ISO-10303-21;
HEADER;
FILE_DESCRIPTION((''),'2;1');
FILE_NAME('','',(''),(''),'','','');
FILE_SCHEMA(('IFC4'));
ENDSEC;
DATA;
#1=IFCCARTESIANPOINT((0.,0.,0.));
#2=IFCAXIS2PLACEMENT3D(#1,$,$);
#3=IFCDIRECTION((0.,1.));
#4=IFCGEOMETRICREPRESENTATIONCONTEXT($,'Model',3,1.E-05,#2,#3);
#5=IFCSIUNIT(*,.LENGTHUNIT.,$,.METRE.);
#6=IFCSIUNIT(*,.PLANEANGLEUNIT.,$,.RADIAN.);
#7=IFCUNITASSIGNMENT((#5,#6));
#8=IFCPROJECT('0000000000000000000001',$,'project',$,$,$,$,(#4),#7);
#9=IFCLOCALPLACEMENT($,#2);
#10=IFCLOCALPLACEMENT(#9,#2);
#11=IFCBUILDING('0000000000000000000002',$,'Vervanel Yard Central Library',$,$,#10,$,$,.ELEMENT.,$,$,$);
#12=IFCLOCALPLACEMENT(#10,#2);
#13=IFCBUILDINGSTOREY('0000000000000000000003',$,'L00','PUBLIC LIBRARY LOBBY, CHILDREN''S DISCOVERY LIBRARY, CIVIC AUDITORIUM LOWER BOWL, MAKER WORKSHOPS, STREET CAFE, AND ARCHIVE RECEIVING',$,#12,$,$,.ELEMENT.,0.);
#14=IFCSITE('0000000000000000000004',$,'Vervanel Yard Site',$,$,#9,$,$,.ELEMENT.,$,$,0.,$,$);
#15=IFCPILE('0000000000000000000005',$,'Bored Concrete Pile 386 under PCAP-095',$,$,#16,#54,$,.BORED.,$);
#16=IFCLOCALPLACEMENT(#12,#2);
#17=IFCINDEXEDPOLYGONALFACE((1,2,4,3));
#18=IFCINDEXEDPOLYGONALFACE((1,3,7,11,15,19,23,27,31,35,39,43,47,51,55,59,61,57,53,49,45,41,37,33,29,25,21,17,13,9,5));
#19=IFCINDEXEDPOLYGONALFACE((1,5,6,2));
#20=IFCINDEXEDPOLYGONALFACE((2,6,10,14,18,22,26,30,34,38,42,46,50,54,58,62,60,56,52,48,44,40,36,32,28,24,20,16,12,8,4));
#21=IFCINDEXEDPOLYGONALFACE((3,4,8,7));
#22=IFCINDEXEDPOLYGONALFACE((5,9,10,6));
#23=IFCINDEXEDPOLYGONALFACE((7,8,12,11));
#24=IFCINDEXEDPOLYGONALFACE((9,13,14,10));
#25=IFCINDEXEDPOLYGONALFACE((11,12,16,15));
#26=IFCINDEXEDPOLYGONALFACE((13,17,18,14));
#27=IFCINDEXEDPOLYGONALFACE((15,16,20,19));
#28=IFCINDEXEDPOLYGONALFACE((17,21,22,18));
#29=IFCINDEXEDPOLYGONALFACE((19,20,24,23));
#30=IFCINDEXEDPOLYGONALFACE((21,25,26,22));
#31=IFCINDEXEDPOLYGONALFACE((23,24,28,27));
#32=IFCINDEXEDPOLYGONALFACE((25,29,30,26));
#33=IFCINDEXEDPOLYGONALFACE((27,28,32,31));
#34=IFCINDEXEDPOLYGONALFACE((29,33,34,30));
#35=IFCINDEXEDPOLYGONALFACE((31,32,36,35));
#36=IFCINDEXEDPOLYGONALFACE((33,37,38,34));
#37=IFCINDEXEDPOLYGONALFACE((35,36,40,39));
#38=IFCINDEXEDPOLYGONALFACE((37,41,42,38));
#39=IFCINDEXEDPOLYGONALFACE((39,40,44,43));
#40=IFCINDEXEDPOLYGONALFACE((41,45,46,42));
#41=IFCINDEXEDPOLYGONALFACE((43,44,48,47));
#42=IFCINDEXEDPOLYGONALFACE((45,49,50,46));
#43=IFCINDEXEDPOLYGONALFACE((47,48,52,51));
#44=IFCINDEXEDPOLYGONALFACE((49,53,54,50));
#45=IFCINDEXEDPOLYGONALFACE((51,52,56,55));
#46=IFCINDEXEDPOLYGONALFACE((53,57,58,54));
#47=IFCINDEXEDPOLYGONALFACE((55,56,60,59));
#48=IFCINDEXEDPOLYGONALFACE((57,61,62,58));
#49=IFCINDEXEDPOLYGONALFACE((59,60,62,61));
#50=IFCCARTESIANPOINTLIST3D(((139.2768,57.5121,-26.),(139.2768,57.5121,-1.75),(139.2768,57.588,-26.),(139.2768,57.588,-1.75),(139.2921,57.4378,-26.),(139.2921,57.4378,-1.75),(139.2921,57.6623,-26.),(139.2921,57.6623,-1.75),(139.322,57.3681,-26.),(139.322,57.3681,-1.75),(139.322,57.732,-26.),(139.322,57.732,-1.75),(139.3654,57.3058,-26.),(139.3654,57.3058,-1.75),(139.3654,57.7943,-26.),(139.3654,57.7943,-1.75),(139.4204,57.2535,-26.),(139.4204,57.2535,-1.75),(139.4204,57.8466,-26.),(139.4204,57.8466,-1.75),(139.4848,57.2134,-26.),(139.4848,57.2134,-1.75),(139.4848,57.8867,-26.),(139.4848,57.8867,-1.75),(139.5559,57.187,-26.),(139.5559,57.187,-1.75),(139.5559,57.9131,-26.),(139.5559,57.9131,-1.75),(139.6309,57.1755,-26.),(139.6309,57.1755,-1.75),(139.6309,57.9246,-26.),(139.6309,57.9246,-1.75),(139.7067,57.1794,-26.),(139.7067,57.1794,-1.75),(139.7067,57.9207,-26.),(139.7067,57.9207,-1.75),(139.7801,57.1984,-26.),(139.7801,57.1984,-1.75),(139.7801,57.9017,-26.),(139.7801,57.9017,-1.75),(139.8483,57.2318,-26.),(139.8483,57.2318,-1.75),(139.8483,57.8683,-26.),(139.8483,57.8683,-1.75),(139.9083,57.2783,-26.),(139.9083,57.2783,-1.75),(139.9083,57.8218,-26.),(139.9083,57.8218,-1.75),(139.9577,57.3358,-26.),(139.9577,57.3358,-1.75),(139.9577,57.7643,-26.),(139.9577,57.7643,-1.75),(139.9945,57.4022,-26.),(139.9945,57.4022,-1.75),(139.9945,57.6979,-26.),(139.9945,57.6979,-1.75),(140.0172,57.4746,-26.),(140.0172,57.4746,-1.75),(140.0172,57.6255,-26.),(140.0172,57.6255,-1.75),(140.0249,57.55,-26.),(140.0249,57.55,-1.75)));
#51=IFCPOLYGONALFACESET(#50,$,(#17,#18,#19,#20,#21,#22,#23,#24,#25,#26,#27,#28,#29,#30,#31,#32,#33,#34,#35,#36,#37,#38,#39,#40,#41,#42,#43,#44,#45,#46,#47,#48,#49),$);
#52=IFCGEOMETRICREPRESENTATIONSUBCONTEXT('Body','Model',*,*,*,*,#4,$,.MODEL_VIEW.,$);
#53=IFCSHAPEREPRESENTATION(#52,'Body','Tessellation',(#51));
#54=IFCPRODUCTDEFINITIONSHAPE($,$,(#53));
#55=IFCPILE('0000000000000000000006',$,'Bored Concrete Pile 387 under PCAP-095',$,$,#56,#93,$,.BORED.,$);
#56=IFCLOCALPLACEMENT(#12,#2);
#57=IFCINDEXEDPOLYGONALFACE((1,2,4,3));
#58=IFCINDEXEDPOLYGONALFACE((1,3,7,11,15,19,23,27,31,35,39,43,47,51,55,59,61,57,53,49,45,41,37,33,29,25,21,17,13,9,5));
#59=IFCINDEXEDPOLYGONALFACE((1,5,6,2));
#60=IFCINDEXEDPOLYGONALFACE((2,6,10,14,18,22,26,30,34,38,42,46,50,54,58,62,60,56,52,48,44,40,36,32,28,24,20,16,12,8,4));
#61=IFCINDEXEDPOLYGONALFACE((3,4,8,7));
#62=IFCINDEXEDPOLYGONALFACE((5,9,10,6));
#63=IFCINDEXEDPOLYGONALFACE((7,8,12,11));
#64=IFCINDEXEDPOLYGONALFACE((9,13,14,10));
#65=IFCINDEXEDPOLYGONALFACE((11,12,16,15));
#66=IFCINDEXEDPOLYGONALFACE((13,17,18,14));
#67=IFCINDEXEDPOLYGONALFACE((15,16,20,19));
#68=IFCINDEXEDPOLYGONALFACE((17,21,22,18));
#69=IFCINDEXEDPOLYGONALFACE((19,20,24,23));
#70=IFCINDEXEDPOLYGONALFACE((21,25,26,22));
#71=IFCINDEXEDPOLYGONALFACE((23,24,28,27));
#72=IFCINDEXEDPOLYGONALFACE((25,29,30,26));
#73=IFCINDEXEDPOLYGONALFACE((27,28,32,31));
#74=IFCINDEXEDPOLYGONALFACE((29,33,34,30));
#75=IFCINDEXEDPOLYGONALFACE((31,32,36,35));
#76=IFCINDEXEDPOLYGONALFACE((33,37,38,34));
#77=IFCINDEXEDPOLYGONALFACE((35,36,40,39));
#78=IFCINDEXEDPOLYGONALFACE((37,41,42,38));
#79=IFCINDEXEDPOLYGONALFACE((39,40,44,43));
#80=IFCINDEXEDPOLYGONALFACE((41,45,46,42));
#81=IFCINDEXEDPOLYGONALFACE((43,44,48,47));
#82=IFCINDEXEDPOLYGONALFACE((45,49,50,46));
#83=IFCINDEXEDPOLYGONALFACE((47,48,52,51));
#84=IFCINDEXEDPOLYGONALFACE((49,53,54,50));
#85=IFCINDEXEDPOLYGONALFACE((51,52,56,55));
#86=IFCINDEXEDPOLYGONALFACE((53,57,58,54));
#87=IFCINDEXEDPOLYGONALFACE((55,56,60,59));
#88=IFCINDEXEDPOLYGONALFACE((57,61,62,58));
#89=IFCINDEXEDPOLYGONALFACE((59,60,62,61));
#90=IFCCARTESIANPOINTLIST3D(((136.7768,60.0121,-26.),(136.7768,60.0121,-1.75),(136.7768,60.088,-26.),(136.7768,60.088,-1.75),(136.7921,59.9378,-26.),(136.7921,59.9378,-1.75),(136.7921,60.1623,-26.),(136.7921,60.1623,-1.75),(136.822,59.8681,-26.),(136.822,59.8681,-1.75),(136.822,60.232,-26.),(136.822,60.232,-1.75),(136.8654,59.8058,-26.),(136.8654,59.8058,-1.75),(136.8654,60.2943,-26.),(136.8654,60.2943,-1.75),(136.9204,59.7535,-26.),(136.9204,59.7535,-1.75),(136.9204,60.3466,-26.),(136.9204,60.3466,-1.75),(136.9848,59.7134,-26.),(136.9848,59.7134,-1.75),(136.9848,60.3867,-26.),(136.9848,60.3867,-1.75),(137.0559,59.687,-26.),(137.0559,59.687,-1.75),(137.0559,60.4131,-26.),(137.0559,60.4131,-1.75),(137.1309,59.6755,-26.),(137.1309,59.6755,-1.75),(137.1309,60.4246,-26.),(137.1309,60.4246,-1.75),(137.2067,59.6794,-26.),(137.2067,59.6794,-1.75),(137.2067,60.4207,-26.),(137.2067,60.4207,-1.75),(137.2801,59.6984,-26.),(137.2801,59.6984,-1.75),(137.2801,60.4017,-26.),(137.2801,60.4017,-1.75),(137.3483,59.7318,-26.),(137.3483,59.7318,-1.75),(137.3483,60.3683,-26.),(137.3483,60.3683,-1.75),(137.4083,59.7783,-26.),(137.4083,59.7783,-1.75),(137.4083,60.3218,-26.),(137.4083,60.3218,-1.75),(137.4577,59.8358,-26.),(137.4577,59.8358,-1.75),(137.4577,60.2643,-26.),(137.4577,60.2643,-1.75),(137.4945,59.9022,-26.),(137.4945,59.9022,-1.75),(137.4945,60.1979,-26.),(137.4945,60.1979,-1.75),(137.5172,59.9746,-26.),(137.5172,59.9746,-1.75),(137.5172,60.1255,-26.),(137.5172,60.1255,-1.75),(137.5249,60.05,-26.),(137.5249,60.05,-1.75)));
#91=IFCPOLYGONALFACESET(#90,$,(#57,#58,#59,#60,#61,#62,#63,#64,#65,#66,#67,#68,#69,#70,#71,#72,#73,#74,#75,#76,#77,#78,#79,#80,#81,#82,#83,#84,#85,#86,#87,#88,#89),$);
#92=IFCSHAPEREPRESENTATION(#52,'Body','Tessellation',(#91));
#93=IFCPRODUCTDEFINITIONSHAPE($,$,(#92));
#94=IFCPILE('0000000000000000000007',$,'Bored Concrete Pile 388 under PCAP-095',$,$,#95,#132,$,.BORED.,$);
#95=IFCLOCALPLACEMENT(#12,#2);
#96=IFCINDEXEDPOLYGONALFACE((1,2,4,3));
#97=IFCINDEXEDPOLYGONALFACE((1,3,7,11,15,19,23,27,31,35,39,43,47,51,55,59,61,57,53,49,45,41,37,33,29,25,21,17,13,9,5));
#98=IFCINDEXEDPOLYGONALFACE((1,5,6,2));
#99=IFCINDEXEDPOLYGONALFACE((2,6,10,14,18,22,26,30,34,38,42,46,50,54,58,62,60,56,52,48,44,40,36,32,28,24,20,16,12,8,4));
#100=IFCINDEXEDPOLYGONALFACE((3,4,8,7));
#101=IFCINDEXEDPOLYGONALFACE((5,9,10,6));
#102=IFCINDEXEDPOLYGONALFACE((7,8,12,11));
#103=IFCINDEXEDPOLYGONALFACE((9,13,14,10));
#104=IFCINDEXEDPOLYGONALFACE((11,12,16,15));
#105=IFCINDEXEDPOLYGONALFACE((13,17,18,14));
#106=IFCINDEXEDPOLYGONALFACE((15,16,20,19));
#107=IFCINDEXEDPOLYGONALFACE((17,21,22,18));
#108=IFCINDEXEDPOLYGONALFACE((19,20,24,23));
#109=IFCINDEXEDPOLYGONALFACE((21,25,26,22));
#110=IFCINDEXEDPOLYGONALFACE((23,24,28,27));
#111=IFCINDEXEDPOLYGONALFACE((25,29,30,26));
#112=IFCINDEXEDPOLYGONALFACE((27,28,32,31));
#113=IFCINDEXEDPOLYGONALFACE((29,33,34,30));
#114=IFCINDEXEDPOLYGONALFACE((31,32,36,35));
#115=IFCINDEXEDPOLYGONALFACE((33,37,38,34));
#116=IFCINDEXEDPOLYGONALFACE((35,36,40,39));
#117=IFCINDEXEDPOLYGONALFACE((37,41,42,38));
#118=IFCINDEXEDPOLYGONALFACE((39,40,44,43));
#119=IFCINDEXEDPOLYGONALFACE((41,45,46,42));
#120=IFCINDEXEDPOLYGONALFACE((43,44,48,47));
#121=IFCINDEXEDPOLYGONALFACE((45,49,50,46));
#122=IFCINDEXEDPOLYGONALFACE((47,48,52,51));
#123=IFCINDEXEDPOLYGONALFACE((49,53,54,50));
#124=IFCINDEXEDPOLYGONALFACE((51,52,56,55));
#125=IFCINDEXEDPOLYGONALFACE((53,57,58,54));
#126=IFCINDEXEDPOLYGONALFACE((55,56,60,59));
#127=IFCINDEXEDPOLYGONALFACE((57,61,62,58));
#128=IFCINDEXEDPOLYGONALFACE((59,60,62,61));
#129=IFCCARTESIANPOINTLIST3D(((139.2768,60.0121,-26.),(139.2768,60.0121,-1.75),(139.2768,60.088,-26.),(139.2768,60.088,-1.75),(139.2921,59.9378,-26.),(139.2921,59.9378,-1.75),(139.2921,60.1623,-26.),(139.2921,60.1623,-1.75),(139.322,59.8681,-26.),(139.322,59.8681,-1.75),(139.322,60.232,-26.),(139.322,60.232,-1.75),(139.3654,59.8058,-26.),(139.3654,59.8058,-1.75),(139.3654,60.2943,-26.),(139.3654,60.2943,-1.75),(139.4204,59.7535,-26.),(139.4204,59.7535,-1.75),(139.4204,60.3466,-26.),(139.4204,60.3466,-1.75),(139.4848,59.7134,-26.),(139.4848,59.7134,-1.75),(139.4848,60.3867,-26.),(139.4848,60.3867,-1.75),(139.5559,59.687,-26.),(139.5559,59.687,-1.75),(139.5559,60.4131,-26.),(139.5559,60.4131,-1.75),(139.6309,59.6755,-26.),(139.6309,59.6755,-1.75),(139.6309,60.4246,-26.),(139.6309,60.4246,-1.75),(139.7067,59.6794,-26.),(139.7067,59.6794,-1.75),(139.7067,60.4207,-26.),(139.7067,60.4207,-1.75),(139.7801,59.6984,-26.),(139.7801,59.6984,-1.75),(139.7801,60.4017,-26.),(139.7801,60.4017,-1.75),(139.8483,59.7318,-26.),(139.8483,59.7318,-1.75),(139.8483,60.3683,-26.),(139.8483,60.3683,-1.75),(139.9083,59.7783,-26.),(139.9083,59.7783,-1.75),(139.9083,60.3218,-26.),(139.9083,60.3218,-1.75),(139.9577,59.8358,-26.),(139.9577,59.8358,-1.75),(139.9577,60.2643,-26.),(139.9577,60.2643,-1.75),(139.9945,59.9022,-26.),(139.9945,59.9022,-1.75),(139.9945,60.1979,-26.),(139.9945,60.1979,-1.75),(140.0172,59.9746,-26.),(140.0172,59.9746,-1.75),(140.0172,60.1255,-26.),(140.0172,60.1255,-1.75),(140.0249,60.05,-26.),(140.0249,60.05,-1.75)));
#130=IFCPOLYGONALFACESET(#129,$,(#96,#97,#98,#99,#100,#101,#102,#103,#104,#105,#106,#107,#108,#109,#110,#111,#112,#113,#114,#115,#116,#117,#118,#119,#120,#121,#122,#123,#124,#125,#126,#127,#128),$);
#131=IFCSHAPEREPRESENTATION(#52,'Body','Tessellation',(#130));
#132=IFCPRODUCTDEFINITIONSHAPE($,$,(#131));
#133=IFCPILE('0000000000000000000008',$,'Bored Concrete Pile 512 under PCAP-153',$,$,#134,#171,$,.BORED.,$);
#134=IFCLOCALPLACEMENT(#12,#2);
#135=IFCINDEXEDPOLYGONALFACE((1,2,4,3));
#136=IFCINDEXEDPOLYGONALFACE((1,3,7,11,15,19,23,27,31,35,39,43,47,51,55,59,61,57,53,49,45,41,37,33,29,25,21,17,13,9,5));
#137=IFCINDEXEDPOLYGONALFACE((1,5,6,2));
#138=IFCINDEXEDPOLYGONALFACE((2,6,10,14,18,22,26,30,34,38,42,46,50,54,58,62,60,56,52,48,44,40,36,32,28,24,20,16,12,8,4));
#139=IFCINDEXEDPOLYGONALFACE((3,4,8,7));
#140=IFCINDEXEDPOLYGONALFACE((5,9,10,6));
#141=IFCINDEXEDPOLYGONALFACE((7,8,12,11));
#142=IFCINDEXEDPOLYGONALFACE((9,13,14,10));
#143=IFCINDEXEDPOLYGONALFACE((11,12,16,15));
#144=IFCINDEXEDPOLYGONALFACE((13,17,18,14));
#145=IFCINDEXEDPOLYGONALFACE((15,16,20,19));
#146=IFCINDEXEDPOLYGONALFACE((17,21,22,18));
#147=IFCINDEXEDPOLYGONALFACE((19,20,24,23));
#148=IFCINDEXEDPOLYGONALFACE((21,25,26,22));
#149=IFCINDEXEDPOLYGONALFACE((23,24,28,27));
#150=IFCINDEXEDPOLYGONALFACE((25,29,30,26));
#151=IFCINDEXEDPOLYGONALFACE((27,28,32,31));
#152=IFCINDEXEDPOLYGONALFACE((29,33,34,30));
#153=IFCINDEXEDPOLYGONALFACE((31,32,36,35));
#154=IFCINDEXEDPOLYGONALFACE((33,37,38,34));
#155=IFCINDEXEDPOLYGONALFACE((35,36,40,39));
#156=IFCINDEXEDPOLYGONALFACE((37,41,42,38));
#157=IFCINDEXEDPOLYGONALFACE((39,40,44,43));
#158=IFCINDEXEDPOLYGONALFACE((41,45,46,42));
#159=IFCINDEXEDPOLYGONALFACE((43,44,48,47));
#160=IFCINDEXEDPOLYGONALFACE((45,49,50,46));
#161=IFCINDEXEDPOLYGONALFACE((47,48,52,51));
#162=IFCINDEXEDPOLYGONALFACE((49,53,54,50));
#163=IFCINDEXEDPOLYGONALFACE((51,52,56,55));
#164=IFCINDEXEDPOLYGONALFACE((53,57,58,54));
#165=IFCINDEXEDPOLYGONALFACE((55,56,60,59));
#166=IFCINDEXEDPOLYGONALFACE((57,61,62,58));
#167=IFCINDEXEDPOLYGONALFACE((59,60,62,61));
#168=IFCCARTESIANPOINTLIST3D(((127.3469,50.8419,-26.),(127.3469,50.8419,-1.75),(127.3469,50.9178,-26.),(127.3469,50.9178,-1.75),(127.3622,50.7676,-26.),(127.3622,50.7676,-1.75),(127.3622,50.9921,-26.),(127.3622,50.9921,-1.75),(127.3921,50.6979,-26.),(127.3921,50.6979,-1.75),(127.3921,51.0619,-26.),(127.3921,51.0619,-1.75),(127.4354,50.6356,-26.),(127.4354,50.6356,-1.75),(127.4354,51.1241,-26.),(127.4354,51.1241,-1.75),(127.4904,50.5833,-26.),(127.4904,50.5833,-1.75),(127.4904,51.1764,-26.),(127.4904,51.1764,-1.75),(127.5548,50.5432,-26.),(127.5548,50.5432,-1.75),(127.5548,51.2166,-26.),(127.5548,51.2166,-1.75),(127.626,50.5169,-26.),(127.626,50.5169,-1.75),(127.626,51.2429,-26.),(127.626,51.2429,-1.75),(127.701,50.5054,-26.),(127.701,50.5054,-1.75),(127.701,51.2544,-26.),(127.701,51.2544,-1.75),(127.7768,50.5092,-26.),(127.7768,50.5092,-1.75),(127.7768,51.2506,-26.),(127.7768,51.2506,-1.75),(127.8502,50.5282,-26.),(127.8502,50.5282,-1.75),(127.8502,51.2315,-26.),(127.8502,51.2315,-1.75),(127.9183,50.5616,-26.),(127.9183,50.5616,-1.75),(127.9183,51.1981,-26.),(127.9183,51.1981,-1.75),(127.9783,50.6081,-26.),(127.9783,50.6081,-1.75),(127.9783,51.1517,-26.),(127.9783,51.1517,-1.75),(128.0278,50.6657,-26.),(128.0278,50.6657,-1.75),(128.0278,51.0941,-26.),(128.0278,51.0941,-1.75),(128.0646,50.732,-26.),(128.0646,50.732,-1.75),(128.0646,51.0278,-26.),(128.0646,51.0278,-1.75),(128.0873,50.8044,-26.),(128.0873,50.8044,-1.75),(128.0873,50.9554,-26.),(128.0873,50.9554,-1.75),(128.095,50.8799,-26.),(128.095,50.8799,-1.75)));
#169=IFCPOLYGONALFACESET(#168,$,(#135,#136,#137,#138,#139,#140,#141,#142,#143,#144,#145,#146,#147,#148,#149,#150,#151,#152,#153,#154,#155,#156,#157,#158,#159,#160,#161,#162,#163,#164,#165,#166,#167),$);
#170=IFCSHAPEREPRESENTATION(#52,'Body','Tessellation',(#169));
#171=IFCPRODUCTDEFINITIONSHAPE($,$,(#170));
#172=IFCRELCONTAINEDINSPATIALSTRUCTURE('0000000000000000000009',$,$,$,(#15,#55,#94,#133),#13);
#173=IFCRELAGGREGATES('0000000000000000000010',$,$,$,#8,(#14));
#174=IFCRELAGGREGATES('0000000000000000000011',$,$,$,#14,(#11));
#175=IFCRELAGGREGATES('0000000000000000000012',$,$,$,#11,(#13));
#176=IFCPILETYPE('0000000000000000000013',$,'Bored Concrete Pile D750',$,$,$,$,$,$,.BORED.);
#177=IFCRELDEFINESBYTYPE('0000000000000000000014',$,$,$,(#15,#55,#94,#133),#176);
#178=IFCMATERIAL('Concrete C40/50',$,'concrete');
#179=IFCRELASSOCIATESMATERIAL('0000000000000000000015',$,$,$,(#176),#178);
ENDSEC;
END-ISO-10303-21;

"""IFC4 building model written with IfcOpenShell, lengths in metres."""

from ifc_helpers import new_model, si_unit, direction, frame, origin, origin_2d, place, context, subcontext, project, spatial, circle, extrude, material, material_profile, profile_set, type_object, element, save


model = new_model("IFC4")

# Units and contexts
model_context = context("Model", 3, precision=1e-05, world=origin(), true_north=direction((0.0, 1.0)))
body_context = subcontext(model_context, "Body", "Model", "MODEL_VIEW")
ifc_project = project(units=[si_unit("LENGTHUNIT", "METRE"), si_unit("PLANEANGLEUNIT", "RADIAN")], contexts=[model_context])

# Site, building, storey
site_placement = place(None, origin())
site = spatial("IfcSite", under=ifc_project, at=site_placement, Name="Vervanel Yard Site", CompositionType="ELEMENT", RefElevation=0.0)
building_placement = place(site_placement, origin())
building = spatial("IfcBuilding", under=site, at=building_placement, Name="Vervanel Yard Central Library", CompositionType="ELEMENT")
storey_placement = place(building_placement, origin())
storey = spatial("IfcBuildingStorey", under=building, at=storey_placement, Name="L00", Description="PUBLIC LIBRARY LOBBY, CHILDREN'S DISCOVERY LIBRARY, CIVIC AUDITORIUM LOWER BOWL, MAKER WORKSHOPS, STREET CAFE, AND ARCHIVE RECEIVING", CompositionType="ELEMENT", Elevation=0.0)

# Piles
ifc_material_1 = material(Name="Concrete C40/50", Category="concrete")
ifc_material_profile_1 = material_profile(ifc_material_1, circle(Radius=0.375, at=origin_2d()), Name="BP D750", Category="concrete")
ifc_profile_set_1 = profile_set([ifc_material_profile_1], Name="Concrete C40/50")
pile_type_1 = type_object("IfcPileType", Name="Bored Concrete Pile D750", PredefinedType="BORED", material=ifc_profile_set_1)
for number, where, z_axis, x_axis, name in (
    (1, (139.6499, 57.55, -1.75), (0.0, 0.0, -1.0), (1.0, 0.0, 0.0), "Bored Concrete Pile 386 under PCAP-095"),
    (2, (137.1499, 60.05, -1.75), (0.0, 0.0, -1.0), (1.0, 0.0, 0.0), "Bored Concrete Pile 387 under PCAP-095"),
    (3, (139.6499, 60.05, -1.75), (0.0, 0.0, -1.0), (1.0, 0.0, 0.0), "Bored Concrete Pile 388 under PCAP-095"),
    (4, (127.72, 50.8799, -1.75), (0.0, 0.0, -1.0), (1.0, 0.0, 0.0), "Bored Concrete Pile 512 under PCAP-153"),
):
    element("IfcPile", number, at=place(storey_placement, frame(where, z_axis=z_axis, x_axis=x_axis)), inside=storey, type_object=pile_type_1, Name=name, PredefinedType="BORED", context=body_context, shape_type="SweptSolid", body=[
        extrude(circle(Radius=0.375, at=origin_2d()), origin(), (0.0, 0.0, 1.0), 24.25),
    ])

save(model, "model.ifc")
